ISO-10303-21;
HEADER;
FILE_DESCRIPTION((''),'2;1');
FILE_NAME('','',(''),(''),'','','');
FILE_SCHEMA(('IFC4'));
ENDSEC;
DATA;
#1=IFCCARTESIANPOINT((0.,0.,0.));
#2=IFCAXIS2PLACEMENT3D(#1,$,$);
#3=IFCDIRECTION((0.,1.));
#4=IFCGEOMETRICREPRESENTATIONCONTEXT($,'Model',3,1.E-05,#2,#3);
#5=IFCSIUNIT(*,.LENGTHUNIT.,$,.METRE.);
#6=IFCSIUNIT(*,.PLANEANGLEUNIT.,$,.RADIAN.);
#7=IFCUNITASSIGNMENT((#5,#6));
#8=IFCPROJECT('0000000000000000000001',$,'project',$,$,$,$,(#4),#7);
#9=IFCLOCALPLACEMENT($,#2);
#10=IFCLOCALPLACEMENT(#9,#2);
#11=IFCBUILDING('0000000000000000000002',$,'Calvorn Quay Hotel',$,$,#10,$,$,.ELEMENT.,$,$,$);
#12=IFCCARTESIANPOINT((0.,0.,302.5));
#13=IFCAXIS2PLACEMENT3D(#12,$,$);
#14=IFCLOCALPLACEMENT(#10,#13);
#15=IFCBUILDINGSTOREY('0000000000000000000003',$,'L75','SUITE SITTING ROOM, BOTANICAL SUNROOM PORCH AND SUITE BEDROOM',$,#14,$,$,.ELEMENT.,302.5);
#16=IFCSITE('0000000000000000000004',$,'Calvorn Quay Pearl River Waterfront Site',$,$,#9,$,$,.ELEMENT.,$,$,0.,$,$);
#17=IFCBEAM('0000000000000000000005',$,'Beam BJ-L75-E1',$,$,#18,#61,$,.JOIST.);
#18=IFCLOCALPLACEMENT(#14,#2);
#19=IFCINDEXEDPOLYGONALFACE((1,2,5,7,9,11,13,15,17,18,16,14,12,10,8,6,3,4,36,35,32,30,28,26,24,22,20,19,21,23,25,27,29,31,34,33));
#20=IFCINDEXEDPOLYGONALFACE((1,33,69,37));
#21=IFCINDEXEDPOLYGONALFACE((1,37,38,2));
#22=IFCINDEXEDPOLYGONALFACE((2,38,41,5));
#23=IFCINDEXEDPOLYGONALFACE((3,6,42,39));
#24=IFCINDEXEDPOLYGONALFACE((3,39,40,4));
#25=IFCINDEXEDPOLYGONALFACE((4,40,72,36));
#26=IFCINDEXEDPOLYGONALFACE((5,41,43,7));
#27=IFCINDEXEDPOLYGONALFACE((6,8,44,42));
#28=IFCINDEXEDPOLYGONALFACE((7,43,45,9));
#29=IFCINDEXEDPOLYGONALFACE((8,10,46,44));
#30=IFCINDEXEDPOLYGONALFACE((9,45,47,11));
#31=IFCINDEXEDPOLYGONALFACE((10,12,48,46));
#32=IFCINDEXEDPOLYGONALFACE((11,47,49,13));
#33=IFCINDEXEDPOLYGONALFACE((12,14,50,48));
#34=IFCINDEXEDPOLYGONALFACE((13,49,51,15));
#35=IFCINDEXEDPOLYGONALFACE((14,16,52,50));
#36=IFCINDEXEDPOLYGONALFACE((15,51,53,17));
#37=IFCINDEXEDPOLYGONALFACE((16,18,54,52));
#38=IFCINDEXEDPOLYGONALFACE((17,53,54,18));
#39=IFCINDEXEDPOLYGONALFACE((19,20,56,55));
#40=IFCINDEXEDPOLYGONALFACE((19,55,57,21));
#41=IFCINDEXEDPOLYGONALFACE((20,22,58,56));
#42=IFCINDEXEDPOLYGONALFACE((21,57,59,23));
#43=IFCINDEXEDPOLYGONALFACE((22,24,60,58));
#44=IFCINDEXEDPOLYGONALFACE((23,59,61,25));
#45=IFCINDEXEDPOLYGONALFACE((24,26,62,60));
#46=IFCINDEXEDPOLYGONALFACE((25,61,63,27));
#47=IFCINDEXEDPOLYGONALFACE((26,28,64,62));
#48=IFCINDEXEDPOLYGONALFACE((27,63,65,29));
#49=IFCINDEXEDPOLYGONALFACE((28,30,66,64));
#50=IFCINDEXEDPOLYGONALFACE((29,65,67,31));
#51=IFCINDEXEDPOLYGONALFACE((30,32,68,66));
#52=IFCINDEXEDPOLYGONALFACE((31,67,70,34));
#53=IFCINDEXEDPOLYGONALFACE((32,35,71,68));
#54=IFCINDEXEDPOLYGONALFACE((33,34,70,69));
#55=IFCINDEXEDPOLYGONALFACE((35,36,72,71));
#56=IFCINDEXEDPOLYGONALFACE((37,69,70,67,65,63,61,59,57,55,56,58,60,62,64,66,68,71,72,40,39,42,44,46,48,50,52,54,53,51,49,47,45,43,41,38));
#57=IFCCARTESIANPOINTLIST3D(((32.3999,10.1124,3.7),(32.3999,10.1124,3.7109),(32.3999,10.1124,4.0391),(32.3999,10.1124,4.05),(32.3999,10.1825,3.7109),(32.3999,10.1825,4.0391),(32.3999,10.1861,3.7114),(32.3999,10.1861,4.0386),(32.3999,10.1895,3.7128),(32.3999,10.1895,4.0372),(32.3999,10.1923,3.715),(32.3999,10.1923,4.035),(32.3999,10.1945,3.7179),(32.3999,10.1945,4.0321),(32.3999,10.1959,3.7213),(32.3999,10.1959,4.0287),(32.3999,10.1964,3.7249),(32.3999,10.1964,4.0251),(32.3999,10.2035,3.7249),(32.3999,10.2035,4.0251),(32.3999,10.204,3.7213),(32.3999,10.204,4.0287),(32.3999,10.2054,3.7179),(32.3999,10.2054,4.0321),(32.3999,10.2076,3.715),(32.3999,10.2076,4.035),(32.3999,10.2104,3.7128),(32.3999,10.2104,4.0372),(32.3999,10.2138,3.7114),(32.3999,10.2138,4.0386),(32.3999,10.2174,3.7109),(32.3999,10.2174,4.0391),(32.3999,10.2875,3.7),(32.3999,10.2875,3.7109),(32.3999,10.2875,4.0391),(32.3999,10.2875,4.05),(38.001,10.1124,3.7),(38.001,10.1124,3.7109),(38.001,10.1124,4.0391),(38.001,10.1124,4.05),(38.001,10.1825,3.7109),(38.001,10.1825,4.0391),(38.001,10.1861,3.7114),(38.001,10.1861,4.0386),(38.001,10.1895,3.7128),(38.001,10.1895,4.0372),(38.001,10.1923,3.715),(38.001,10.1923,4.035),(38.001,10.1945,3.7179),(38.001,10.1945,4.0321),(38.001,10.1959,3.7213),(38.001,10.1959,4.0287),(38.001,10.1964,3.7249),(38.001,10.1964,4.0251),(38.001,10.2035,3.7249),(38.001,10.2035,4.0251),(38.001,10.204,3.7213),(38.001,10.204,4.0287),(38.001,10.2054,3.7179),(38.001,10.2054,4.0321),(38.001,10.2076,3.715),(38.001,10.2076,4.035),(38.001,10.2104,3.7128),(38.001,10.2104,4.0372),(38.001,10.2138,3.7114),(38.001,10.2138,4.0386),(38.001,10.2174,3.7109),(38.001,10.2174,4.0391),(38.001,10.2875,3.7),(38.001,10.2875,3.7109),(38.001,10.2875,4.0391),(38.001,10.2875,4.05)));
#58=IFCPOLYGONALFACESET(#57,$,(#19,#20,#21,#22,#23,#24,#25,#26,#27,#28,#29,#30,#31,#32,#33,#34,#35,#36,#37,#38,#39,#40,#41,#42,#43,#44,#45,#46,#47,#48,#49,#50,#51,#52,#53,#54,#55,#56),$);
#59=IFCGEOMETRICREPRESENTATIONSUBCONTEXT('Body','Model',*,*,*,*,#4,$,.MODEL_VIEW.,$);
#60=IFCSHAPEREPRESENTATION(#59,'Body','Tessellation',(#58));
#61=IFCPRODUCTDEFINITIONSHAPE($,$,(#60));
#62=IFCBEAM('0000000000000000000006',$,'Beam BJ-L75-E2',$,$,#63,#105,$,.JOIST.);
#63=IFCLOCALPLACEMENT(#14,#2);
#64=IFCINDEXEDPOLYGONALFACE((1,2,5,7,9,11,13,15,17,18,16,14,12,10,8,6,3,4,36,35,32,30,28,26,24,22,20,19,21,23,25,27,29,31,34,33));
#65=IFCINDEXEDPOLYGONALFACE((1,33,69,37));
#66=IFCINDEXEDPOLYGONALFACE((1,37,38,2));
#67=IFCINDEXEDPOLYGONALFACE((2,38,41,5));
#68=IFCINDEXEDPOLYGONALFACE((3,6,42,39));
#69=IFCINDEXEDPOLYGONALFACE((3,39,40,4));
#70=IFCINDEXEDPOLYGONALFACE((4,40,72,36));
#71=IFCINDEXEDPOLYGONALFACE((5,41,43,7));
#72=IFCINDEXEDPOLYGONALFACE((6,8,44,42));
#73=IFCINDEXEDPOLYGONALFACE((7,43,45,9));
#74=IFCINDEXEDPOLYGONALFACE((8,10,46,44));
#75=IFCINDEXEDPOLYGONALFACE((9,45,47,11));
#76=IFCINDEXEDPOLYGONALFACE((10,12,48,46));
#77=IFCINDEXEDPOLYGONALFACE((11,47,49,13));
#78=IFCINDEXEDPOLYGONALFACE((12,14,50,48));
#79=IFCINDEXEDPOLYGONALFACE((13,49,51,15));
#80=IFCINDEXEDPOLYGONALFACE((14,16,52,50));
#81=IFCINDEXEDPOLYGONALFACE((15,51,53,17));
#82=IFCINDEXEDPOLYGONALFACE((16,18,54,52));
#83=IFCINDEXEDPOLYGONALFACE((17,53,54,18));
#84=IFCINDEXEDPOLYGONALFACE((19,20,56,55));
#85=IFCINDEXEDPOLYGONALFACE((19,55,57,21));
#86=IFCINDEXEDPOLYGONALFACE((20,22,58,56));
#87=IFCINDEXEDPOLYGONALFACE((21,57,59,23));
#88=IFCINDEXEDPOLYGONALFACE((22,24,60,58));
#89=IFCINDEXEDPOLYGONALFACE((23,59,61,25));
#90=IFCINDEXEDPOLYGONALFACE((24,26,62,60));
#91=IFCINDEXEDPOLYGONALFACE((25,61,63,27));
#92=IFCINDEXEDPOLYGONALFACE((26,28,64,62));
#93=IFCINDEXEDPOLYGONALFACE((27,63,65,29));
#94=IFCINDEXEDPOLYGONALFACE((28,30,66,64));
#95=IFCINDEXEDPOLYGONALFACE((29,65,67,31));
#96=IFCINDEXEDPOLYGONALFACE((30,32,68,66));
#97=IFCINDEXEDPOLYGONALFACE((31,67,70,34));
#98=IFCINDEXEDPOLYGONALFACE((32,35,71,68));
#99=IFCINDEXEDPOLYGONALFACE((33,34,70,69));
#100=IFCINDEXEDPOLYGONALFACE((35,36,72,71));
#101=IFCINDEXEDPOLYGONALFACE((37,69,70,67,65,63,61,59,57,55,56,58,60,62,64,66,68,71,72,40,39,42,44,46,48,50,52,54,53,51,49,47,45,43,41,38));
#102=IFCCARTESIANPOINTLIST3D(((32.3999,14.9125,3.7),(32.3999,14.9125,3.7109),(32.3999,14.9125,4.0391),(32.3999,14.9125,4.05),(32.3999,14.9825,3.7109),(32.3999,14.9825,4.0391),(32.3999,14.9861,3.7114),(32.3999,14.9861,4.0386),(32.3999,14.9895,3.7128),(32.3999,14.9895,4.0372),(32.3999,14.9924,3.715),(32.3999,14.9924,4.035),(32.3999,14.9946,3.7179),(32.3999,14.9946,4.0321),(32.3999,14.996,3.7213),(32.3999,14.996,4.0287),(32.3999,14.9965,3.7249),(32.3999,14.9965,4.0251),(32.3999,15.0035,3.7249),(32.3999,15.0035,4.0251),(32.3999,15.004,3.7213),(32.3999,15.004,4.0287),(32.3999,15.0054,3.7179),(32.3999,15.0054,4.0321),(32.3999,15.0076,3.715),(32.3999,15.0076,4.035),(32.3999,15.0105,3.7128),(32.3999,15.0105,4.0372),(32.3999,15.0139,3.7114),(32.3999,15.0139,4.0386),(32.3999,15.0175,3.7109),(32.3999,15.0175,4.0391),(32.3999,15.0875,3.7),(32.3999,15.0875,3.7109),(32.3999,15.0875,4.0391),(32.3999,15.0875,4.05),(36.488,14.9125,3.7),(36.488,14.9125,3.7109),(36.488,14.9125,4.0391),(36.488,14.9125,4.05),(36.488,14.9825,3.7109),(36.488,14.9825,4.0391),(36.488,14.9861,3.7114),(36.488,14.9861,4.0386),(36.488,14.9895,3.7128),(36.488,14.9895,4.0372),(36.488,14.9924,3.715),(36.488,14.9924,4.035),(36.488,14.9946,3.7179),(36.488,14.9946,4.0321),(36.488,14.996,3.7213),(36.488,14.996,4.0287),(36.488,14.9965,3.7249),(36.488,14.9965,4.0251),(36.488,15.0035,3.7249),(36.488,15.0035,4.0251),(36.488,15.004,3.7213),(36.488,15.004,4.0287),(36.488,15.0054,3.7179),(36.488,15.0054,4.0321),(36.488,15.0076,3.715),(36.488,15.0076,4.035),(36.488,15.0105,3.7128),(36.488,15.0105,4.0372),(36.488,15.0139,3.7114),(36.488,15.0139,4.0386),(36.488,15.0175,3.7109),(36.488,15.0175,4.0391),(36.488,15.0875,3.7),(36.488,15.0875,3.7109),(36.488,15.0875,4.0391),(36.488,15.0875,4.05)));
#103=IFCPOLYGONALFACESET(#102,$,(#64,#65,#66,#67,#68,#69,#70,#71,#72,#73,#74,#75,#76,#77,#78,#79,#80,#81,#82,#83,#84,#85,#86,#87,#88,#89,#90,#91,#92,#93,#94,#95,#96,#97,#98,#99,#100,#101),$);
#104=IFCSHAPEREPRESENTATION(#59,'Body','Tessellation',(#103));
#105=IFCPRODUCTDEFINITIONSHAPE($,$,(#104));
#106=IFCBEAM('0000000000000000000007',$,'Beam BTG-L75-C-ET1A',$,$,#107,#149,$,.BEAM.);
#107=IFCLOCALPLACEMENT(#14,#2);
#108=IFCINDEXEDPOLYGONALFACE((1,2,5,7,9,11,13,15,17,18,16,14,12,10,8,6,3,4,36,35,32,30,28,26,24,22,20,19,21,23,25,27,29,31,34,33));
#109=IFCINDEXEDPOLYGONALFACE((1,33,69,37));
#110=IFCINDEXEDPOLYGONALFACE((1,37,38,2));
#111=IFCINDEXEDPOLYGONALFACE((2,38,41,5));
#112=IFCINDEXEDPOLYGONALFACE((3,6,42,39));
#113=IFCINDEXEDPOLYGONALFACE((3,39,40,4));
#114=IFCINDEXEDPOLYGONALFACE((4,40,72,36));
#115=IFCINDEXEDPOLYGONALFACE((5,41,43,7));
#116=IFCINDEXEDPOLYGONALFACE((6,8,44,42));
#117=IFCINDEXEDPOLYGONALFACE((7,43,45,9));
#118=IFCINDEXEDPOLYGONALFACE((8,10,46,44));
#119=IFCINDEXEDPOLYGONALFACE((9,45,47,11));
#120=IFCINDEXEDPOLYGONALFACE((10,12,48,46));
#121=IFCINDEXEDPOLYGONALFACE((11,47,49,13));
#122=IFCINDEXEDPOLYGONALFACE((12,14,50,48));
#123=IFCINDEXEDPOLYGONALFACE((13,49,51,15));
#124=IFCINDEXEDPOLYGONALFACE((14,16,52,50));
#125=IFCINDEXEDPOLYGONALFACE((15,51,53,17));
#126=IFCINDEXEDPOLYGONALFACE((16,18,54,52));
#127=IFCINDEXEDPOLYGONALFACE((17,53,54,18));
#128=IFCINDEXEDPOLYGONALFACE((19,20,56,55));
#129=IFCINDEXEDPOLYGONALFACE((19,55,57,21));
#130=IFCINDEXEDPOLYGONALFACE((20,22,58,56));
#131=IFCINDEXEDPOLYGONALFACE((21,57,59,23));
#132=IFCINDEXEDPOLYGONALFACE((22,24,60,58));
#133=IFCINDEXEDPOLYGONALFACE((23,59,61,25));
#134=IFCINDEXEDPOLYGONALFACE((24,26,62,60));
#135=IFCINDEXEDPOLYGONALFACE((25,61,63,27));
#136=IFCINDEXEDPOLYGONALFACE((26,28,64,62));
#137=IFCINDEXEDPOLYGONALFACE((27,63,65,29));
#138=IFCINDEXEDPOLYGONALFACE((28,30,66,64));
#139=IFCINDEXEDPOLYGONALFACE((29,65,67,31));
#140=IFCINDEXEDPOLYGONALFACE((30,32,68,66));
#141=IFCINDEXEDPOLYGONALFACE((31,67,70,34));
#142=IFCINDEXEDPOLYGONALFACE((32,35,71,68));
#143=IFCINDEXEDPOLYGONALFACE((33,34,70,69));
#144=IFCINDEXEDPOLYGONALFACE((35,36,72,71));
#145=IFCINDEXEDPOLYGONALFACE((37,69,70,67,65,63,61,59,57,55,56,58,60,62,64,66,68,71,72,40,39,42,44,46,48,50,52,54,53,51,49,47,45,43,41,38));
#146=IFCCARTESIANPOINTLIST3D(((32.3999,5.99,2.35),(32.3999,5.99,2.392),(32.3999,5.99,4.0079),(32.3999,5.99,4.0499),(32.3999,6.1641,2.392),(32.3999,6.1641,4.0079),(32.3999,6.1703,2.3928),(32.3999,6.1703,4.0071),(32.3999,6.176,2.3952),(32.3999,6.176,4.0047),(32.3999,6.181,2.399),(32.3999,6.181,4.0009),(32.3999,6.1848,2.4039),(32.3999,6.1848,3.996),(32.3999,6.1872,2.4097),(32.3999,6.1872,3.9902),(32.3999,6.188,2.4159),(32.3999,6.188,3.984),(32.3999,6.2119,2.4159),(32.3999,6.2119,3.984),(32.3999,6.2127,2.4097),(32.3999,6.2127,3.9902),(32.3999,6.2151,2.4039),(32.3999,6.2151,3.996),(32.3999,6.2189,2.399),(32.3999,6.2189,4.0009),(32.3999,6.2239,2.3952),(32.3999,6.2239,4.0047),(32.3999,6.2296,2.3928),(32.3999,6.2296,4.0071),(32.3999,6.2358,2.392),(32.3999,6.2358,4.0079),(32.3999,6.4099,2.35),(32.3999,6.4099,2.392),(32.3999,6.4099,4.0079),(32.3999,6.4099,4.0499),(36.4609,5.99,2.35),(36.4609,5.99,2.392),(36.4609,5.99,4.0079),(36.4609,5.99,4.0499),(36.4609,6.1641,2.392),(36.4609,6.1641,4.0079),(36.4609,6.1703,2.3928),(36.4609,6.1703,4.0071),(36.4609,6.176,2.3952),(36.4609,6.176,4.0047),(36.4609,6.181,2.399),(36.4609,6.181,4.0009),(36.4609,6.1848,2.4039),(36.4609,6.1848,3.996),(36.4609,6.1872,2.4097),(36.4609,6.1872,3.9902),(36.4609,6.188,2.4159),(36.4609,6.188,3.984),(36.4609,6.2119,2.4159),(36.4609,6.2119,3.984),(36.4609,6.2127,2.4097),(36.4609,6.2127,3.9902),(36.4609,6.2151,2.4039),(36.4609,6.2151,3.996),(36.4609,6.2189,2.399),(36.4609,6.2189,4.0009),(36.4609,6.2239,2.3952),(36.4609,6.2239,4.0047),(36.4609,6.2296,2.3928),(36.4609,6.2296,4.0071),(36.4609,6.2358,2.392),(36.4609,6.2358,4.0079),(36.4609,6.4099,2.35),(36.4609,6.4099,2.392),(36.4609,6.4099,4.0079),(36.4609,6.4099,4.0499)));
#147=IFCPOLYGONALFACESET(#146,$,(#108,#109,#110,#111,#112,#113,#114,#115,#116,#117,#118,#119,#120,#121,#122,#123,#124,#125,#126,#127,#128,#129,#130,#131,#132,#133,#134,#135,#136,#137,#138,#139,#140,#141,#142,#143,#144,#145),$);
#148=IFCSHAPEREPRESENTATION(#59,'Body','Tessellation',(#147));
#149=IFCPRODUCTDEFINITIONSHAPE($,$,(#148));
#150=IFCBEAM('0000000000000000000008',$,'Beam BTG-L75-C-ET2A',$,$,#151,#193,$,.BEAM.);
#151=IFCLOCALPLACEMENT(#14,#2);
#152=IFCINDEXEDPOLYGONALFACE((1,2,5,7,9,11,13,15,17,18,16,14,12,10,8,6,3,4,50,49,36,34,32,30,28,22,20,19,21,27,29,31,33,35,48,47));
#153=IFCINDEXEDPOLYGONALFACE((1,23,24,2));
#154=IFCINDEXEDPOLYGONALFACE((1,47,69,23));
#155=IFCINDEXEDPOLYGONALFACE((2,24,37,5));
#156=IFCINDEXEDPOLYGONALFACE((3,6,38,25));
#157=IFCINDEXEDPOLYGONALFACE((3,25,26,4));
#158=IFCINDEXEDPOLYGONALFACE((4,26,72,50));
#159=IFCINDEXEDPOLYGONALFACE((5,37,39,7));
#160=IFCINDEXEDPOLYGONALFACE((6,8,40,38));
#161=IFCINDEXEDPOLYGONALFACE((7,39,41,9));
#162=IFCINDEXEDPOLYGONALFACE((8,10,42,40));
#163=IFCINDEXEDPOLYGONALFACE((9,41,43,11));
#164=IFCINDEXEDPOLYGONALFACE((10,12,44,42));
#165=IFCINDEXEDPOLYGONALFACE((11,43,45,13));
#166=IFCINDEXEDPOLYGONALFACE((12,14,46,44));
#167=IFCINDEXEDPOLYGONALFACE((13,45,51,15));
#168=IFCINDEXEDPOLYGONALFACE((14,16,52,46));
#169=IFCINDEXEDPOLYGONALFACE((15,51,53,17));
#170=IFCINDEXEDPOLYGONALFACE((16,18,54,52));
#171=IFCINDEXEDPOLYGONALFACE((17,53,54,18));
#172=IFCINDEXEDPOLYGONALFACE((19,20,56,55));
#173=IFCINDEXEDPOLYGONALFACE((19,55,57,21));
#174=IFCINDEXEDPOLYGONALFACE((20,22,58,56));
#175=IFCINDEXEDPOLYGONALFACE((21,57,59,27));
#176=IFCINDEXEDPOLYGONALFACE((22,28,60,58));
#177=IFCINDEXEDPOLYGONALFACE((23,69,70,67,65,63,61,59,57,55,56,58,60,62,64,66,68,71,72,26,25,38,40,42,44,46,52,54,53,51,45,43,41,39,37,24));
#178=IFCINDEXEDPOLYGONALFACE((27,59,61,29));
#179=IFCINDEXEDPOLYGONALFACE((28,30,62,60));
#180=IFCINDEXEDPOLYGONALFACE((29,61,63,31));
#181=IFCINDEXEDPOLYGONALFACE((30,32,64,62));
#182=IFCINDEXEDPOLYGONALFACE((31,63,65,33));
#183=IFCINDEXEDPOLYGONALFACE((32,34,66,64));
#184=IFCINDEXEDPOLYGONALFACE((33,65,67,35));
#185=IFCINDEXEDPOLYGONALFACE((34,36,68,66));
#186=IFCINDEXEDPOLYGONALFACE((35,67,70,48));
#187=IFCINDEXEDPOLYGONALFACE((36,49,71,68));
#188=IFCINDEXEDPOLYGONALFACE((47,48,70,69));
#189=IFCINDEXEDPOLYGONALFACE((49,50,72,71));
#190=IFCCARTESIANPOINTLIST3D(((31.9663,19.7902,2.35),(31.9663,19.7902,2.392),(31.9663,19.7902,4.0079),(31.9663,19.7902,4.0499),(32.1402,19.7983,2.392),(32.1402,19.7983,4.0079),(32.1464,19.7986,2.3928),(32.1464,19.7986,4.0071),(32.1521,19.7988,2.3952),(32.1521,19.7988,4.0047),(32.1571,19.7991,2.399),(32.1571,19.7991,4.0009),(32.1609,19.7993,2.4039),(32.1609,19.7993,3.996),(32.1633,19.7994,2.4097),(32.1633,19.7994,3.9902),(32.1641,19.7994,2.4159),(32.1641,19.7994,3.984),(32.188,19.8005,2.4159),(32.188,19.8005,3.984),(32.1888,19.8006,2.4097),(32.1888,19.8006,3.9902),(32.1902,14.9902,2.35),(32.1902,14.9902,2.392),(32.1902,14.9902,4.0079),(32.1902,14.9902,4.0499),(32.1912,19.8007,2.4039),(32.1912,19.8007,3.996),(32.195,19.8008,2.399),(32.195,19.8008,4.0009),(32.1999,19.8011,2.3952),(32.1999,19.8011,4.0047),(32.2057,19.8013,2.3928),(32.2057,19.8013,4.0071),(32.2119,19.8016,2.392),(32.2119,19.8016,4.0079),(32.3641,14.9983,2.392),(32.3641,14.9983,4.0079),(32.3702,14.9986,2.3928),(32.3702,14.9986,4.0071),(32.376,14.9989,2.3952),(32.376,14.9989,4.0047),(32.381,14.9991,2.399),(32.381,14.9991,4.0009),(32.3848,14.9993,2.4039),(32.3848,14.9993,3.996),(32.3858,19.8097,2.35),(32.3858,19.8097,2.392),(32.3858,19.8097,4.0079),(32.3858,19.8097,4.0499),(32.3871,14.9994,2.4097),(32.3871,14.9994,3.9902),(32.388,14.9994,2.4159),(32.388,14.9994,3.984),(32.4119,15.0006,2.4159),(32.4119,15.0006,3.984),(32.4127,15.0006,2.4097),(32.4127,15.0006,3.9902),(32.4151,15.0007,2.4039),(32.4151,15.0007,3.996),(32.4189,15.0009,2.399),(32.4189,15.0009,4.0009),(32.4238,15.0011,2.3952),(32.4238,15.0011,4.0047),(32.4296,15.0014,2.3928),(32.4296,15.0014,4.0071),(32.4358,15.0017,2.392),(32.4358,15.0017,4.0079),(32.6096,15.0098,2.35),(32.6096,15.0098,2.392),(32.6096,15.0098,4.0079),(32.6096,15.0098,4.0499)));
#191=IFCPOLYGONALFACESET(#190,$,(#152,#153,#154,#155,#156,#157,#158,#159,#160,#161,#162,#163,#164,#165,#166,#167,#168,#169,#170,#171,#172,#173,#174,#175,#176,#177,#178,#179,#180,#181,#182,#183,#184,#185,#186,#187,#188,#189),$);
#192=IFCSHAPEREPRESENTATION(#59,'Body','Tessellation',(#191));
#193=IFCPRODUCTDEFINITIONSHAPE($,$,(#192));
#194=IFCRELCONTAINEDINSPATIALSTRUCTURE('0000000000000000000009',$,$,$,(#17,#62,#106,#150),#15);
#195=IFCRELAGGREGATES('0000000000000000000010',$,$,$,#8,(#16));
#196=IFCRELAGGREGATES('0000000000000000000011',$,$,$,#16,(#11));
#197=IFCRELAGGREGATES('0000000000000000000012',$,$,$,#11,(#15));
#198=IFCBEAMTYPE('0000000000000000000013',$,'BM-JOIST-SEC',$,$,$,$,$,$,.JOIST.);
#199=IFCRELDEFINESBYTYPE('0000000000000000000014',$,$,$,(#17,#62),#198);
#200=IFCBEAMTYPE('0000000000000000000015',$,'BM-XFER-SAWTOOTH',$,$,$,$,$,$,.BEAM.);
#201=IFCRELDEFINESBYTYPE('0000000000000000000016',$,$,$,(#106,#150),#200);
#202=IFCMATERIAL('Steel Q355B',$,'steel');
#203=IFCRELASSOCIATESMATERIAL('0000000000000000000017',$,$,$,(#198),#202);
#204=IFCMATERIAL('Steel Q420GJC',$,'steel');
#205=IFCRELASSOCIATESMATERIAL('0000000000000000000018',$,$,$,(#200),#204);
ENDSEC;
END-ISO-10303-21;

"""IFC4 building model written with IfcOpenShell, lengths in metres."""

from ifc_helpers import new_model, si_unit, direction, frame, origin, origin_2d, place, context, subcontext, project, spatial, i_section, extrude, material, material_profile, profile_set, type_object, element, save


model = new_model("IFC4")

# Units and contexts
model_context = context("Model", 3, precision=1e-05, world=origin(), true_north=direction((0.0, 1.0)))
body_context = subcontext(model_context, "Body", "Model", "MODEL_VIEW")
ifc_project = project(units=[si_unit("LENGTHUNIT", "METRE"), si_unit("PLANEANGLEUNIT", "RADIAN")], contexts=[model_context])

# Site, building, storey
site_placement = place(None, origin())
site = spatial("IfcSite", under=ifc_project, at=site_placement, Name="Calvorn Quay Pearl River Waterfront Site", CompositionType="ELEMENT", RefElevation=0.0)
building_placement = place(site_placement, origin())
building = spatial("IfcBuilding", under=site, at=building_placement, Name="Calvorn Quay Hotel", CompositionType="ELEMENT")
storey_placement = place(building_placement, frame((0.0, 0.0, 302.5)))
storey = spatial("IfcBuildingStorey", under=building, at=storey_placement, Name="L75", Description="SUITE SITTING ROOM, BOTANICAL SUNROOM PORCH AND SUITE BEDROOM", CompositionType="ELEMENT", Elevation=302.5)

# Beams
ifc_material_1 = material(Name="Steel Q355B", Category="steel")
ifc_material_profile_1 = material_profile(ifc_material_1, i_section(OverallWidth=0.175, OverallDepth=0.3501, WebThickness=0.0071, FlangeThickness=0.011, FilletRadius=0.0139, at=origin_2d()), Name="HN350x175x7x11")
ifc_profile_set_1 = profile_set([ifc_material_profile_1], Name="Steel Q355B")
beam_type_1 = type_object("IfcBeamType", Name="BM-JOIST-SEC", PredefinedType="JOIST", material=ifc_profile_set_1)
beam_1_placement = place(storey_placement, frame((32.3999, 10.2, 3.875), z_axis=(1.0, 0.0, 0.0), x_axis=(0.0, 1.0, 0.0)))
element("IfcBeam", 1, at=beam_1_placement, inside=storey, type_object=beam_type_1, Name="Beam BJ-L75-E1", PredefinedType="JOIST", context=body_context, shape_type="SweptSolid", body=[
    extrude(i_section(OverallWidth=0.175, OverallDepth=0.3501, WebThickness=0.0071, FlangeThickness=0.011, FilletRadius=0.0139, at=origin_2d()), origin(), (0.0, 0.0, 1.0), 5.6011),
])
beam_2_placement = place(storey_placement, frame((32.3999, 15.0, 3.875), z_axis=(1.0, 0.0, 0.0), x_axis=(0.0, 1.0, 0.0)))
element("IfcBeam", 2, at=beam_2_placement, inside=storey, type_object=beam_type_1, Name="Beam BJ-L75-E2", PredefinedType="JOIST", context=body_context, shape_type="SweptSolid", body=[
    extrude(i_section(OverallWidth=0.175, OverallDepth=0.3501, WebThickness=0.0071, FlangeThickness=0.011, FilletRadius=0.0139, at=origin_2d()), origin(), (0.0, 0.0, 1.0), 4.0881),
])
ifc_material_2 = material(Name="Steel Q420GJC", Category="steel")
ifc_material_profile_2 = material_profile(ifc_material_2, i_section(OverallWidth=0.4199, OverallDepth=1.7, WebThickness=0.0239, FlangeThickness=0.042, FilletRadius=0.0239, at=origin_2d()), Name="HN1700x420x24x42")
ifc_profile_set_2 = profile_set([ifc_material_profile_2], Name="Steel Q420GJC")
beam_type_2 = type_object("IfcBeamType", Name="BM-XFER-SAWTOOTH", PredefinedType="BEAM", material=ifc_profile_set_2)
beam_3_placement = place(storey_placement, frame((32.3999, 6.2, 3.2), z_axis=(1.0, 0.0, 0.0), x_axis=(0.0, 1.0, 0.0)))
element("IfcBeam", 3, at=beam_3_placement, inside=storey, type_object=beam_type_2, Name="Beam BTG-L75-C-ET1A", PredefinedType="BEAM", context=body_context, shape_type="SweptSolid", body=[
    extrude(i_section(OverallWidth=0.4199, OverallDepth=1.7, WebThickness=0.0239, FlangeThickness=0.042, FilletRadius=0.0239, at=origin_2d()), origin(), (0.0, 0.0, 1.0), 4.061),
])
beam_4_placement = place(storey_placement, frame((32.3999, 15.0, 3.2), z_axis=(-0.04659, 0.998914, 0.0), x_axis=(-0.998914, -0.04659, 0.0)))
element("IfcBeam", 4, at=beam_4_placement, inside=storey, type_object=beam_type_2, Name="Beam BTG-L75-C-ET2A", PredefinedType="BEAM", context=body_context, shape_type="SweptSolid", body=[
    extrude(i_section(OverallWidth=0.4199, OverallDepth=1.7, WebThickness=0.0239, FlangeThickness=0.042, FilletRadius=0.0239, at=origin_2d()), origin(), (0.0, 0.0, 1.0), 4.8052),
])

save(model, "model.ifc")
